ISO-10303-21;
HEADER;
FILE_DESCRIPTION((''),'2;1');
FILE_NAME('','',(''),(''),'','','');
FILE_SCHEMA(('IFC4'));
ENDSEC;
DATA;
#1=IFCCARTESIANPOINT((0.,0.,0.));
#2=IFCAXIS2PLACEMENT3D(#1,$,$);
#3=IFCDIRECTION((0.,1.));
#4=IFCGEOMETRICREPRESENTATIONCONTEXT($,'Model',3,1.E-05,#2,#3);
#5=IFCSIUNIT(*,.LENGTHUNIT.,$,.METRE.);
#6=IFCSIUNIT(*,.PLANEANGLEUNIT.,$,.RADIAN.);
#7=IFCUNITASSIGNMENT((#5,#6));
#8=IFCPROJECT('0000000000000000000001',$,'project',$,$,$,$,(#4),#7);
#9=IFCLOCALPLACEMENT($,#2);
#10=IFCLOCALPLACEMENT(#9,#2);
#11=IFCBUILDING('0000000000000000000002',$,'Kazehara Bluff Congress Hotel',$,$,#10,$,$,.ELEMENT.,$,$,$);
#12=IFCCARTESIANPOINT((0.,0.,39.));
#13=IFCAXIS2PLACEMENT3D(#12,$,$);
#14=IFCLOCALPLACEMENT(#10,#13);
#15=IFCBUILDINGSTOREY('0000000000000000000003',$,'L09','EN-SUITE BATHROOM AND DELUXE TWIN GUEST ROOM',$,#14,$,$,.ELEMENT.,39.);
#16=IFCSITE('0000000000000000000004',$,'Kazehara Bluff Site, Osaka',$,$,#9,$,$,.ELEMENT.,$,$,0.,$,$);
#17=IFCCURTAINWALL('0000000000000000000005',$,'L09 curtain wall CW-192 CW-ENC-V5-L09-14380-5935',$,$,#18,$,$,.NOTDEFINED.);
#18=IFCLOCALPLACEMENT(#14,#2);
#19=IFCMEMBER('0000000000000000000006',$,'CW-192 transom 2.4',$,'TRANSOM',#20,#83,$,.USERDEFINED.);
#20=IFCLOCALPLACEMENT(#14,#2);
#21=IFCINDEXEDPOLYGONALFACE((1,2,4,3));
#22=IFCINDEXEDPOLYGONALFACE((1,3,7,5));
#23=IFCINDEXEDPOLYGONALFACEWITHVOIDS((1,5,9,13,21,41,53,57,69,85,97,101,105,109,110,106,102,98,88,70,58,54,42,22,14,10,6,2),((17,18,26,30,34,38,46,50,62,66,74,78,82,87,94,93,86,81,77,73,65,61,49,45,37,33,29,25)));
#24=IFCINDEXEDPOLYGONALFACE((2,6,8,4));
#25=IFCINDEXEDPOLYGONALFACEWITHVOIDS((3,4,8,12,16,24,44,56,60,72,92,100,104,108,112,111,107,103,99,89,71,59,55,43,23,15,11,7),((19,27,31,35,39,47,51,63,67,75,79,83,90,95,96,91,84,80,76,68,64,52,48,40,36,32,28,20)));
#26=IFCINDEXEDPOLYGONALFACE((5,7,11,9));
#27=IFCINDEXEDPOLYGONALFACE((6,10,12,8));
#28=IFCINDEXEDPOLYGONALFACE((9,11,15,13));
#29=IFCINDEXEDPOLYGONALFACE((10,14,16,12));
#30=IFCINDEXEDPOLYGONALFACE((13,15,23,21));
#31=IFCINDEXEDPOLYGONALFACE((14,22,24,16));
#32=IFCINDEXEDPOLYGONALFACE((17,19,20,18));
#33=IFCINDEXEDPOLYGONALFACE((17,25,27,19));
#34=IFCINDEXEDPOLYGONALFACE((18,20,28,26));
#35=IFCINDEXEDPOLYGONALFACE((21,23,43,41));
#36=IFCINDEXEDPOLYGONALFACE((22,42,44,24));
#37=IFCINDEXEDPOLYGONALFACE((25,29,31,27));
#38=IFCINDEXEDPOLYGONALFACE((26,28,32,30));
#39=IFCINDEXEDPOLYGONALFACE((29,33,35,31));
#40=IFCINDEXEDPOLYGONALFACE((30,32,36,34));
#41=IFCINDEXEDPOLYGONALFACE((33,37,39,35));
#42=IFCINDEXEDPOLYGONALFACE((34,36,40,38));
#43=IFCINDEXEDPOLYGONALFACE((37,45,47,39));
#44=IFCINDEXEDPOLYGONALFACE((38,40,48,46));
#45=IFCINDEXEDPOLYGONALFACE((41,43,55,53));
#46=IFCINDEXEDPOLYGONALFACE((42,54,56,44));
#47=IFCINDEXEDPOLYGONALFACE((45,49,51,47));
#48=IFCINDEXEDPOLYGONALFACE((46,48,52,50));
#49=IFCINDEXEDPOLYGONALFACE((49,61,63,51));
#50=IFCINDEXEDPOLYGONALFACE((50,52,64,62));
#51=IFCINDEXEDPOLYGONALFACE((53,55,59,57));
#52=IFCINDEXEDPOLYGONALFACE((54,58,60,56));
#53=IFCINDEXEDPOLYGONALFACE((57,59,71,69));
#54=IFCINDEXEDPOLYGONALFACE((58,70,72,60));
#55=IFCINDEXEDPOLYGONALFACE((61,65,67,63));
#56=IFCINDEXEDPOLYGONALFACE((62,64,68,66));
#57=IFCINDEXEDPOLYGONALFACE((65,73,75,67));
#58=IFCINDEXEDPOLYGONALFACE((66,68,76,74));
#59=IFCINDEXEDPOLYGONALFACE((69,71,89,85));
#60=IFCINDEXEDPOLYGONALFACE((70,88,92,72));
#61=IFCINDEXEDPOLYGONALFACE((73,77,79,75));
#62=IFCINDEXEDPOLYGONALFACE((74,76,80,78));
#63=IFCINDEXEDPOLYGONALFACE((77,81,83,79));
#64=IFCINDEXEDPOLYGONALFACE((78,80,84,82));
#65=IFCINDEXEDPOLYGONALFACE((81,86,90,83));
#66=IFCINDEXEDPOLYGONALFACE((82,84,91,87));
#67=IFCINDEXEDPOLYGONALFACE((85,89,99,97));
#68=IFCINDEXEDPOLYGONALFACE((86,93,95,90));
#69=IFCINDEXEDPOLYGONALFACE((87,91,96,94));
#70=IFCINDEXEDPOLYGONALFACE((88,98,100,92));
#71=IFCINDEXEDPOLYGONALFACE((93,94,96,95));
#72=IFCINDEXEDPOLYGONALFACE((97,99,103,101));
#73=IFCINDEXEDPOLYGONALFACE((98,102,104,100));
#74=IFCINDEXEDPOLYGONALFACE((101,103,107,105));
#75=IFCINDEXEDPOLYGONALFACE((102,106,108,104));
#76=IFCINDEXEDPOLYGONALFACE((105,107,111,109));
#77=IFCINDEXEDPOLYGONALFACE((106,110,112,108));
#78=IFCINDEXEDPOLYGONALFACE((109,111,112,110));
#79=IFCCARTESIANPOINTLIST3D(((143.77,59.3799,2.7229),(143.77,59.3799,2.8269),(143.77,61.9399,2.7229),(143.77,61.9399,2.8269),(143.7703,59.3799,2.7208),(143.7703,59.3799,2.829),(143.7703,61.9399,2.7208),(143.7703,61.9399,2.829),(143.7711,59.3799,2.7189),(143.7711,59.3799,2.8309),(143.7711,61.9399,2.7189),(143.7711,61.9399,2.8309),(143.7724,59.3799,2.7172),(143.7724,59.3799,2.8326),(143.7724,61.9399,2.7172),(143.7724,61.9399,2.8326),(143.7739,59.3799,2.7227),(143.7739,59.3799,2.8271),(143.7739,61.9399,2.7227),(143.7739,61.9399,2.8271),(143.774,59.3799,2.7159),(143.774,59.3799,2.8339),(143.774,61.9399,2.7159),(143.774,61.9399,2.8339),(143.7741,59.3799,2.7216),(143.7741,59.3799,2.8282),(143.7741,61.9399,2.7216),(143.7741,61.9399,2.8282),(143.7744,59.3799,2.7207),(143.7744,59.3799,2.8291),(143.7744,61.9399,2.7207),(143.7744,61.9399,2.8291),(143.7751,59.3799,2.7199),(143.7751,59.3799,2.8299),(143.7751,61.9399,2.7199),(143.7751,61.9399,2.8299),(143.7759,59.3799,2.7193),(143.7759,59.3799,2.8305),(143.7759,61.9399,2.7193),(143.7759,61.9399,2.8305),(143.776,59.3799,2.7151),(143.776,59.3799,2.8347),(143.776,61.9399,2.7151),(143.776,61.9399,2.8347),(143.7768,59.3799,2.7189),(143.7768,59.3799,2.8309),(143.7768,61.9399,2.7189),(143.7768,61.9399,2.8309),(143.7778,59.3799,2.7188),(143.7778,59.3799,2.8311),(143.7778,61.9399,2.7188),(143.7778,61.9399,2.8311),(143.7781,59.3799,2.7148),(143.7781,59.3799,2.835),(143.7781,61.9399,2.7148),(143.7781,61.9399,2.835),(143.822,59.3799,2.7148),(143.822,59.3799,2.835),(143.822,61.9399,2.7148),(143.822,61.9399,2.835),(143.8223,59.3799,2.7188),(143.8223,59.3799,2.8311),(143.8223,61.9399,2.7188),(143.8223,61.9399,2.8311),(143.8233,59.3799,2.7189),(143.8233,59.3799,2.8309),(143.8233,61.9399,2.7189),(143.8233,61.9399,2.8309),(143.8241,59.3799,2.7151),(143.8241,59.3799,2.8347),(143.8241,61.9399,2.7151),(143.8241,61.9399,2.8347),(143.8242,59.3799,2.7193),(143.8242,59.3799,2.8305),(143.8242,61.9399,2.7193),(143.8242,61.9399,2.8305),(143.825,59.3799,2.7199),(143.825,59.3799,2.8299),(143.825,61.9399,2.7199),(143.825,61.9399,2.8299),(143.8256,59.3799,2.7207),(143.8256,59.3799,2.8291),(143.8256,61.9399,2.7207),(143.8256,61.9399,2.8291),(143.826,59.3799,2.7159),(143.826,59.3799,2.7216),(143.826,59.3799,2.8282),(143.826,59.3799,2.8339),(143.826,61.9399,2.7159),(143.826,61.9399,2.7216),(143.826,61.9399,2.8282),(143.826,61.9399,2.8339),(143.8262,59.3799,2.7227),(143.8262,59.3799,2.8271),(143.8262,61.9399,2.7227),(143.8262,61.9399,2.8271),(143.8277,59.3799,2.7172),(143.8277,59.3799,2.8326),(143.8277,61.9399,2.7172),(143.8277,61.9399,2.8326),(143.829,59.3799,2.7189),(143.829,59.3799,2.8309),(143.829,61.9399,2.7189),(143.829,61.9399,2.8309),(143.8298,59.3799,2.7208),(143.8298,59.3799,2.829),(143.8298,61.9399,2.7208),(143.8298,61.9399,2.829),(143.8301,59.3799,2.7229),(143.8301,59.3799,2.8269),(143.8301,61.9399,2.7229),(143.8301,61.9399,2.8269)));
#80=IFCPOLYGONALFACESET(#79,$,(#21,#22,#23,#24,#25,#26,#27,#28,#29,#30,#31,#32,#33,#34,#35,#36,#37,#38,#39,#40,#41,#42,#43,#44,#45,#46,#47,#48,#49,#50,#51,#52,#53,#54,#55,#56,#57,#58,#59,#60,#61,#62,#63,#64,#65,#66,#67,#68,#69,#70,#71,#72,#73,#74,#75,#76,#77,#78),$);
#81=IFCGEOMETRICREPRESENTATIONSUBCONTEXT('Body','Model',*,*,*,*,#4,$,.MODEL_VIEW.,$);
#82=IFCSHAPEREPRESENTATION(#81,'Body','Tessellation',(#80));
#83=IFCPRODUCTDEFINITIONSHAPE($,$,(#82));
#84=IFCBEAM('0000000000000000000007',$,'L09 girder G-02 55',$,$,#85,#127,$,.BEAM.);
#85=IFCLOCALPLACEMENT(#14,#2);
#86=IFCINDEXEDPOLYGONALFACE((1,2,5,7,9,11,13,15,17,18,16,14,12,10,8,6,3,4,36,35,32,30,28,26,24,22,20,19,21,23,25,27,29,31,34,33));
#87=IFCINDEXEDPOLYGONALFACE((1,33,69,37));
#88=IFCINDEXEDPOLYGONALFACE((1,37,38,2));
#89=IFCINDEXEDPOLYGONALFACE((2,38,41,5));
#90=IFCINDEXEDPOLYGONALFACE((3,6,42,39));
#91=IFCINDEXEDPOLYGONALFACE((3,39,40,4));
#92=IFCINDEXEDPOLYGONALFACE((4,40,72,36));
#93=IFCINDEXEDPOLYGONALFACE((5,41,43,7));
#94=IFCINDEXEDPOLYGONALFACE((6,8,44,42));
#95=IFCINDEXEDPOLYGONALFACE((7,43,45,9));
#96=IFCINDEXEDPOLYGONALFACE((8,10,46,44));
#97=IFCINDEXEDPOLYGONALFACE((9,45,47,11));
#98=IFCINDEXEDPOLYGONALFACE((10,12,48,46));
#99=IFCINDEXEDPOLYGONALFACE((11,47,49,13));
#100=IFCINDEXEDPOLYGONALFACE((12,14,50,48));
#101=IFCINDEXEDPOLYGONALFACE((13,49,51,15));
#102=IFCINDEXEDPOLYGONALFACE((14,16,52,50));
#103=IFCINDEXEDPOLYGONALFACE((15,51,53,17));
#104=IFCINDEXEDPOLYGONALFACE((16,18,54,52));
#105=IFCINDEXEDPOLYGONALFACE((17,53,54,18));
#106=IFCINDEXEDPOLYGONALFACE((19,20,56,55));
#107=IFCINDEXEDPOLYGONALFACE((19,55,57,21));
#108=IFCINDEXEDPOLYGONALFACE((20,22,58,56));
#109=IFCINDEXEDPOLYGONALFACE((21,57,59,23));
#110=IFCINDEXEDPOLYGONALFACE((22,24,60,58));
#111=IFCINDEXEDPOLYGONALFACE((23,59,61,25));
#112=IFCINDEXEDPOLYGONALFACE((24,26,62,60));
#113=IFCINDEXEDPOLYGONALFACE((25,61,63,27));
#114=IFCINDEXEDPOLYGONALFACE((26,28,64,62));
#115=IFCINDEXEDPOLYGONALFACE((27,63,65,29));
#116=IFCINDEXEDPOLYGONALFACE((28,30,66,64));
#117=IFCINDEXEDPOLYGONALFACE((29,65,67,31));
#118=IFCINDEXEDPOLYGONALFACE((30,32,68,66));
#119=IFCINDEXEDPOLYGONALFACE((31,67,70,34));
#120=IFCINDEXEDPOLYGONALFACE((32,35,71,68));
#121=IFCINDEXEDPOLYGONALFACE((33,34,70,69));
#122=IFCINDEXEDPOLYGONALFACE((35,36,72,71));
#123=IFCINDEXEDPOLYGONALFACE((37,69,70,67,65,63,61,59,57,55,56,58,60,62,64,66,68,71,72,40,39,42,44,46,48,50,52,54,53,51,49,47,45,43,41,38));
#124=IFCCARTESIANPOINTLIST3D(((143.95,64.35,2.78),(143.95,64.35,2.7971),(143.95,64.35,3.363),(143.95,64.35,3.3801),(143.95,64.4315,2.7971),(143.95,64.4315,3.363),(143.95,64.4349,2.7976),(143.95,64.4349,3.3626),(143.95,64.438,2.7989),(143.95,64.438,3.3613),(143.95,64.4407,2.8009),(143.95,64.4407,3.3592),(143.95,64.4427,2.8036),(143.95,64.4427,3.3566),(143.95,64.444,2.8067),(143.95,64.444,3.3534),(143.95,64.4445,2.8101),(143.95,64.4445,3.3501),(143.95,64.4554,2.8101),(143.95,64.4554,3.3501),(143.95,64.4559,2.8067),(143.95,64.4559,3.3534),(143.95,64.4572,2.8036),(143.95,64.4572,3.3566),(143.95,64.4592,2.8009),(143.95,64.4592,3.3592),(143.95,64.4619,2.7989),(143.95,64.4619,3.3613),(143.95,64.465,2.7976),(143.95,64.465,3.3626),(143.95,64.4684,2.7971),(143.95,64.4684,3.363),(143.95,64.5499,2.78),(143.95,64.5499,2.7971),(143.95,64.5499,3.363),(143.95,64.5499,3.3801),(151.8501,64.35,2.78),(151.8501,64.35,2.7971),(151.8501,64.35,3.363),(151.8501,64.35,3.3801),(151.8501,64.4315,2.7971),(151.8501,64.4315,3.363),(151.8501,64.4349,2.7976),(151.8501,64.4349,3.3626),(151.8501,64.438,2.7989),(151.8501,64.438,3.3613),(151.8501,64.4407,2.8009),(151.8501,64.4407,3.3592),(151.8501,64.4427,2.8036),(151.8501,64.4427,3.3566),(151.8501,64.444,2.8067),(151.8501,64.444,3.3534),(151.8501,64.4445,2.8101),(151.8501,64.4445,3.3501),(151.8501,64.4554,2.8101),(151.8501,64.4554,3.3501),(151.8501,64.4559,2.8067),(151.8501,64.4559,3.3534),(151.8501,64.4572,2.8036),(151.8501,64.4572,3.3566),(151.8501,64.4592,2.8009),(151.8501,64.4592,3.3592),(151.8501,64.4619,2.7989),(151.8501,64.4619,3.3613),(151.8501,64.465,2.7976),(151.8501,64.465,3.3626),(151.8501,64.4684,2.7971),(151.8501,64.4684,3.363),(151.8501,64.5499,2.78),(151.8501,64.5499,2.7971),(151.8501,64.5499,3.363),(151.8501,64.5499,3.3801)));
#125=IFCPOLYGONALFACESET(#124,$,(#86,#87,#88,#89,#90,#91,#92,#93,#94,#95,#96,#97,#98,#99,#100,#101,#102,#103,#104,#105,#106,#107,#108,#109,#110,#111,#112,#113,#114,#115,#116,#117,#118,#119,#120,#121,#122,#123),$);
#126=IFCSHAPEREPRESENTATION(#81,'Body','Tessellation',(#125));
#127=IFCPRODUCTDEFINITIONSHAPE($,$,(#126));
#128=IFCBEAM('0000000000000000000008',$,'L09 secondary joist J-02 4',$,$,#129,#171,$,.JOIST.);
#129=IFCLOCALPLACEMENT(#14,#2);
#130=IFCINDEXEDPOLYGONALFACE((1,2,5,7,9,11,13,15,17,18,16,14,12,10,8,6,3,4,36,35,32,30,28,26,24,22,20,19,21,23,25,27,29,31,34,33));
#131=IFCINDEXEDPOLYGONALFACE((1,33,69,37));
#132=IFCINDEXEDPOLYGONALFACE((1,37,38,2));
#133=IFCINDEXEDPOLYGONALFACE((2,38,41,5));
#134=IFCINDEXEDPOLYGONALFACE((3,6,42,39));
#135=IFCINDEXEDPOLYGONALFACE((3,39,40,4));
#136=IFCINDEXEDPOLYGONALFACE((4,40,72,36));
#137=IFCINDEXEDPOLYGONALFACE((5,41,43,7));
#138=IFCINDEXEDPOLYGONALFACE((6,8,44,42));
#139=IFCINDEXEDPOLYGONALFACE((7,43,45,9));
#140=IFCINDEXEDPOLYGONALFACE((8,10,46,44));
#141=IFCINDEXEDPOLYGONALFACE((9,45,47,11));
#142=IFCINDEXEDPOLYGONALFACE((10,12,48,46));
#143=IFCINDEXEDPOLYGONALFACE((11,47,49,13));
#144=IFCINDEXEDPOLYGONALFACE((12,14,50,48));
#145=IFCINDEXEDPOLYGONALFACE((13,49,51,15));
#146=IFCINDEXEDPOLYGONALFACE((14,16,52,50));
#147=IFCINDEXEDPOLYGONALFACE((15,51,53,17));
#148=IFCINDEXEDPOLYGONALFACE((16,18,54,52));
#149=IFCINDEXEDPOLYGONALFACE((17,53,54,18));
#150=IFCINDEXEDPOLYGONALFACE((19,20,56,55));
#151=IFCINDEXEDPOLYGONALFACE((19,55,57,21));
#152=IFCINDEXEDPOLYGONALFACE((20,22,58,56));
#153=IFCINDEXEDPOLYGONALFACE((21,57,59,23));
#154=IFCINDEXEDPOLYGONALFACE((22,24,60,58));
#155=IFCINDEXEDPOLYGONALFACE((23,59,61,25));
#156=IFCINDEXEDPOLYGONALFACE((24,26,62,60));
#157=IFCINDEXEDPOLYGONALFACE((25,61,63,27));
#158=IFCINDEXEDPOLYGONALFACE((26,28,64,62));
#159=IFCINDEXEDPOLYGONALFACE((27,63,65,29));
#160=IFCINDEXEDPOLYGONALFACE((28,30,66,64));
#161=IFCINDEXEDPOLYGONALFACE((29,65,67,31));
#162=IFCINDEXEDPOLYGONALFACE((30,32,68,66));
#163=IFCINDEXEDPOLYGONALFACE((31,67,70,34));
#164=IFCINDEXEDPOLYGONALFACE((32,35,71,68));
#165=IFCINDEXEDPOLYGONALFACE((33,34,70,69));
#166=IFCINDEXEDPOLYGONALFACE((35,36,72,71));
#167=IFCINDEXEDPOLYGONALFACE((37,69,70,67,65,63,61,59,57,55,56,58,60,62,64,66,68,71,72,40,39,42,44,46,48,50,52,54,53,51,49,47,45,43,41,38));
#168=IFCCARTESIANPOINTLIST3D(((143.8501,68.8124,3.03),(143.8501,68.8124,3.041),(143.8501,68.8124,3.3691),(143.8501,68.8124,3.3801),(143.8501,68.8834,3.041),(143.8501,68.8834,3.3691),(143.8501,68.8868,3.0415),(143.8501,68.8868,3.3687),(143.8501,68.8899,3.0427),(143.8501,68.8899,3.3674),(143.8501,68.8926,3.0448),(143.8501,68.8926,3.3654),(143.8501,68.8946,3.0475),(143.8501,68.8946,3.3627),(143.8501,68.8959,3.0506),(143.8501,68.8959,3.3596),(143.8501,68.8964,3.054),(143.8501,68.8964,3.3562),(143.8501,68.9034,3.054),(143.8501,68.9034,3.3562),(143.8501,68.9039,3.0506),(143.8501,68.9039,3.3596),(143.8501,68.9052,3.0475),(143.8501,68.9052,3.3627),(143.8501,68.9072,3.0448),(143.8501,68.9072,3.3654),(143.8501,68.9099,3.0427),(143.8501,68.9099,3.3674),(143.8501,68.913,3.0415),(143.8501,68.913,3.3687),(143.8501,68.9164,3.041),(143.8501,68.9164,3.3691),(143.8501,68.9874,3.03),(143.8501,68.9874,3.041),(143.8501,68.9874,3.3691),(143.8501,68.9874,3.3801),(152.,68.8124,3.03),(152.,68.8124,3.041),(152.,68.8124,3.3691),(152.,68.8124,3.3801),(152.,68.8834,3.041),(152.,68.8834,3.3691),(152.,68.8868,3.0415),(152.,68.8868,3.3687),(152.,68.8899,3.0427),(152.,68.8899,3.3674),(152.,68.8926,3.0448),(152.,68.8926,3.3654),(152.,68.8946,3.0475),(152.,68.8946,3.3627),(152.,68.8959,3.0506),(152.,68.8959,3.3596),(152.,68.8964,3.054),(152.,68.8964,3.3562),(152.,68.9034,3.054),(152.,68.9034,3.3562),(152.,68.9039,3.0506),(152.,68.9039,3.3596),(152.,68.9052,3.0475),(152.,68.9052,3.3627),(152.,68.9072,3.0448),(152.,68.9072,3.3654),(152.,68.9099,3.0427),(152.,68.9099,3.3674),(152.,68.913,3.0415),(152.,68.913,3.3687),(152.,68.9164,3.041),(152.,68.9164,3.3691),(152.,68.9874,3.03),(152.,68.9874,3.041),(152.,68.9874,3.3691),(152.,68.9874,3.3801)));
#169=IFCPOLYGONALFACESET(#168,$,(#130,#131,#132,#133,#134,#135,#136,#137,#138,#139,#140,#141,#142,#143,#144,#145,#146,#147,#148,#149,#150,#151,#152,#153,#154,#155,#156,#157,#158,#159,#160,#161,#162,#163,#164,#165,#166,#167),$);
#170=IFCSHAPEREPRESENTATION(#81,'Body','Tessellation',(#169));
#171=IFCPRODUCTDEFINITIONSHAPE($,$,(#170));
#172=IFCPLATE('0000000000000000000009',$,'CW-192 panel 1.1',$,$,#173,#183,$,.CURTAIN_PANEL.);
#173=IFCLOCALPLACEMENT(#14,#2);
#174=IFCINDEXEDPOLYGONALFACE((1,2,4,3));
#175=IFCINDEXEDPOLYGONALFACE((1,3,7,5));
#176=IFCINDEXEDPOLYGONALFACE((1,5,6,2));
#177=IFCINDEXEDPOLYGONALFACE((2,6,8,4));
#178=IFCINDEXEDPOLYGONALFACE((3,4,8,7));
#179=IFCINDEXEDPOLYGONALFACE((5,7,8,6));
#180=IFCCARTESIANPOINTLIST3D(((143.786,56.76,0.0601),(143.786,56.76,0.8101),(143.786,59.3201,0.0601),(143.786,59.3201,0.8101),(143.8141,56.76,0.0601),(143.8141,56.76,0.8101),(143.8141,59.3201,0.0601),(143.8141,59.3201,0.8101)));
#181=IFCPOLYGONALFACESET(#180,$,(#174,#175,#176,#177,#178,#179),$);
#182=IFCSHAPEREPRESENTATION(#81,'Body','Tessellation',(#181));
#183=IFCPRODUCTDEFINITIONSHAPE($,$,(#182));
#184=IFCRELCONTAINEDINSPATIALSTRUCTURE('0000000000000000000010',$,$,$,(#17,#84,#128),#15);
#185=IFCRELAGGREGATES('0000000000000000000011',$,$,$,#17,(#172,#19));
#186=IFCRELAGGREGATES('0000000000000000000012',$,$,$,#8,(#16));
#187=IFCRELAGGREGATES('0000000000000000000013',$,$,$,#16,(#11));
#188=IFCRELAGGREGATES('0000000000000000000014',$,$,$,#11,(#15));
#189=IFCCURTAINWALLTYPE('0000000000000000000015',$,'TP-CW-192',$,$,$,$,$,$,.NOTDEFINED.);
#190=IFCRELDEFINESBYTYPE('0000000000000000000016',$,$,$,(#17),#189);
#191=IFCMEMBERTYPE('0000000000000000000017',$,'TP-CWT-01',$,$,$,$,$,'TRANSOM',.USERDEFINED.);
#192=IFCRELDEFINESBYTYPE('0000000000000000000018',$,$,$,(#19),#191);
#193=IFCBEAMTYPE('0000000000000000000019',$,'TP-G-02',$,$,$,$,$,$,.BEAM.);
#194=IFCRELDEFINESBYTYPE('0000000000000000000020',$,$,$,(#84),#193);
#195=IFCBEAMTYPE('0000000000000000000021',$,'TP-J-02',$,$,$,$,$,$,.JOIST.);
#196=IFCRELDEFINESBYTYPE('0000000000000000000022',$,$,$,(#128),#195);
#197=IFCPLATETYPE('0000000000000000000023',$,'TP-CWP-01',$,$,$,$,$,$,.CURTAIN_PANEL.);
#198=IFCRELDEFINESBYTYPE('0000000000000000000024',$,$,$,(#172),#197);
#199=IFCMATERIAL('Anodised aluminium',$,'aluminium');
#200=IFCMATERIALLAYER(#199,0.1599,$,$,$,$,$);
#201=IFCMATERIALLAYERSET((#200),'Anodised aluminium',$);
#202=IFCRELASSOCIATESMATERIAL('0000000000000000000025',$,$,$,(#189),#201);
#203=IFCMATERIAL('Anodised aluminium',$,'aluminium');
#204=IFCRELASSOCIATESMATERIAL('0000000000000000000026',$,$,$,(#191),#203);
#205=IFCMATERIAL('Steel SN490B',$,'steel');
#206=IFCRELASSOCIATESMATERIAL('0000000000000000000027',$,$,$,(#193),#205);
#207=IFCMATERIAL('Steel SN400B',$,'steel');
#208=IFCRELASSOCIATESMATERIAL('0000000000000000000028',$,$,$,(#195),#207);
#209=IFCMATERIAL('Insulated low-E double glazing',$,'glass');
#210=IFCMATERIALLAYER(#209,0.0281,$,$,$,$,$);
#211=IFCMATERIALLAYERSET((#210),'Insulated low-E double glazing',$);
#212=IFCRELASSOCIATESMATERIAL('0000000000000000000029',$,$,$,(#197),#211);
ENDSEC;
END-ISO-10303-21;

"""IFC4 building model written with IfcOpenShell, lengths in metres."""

from ifc_helpers import new_model, si_unit, direction, frame, origin, origin_2d, place, context, subcontext, project, spatial, rectangle, hollow_rectangle, i_section, extrude, material, layer, layer_set, material_profile, profile_set, type_object, element, aggregate, save


model = new_model("IFC4")

# Units and contexts
model_context = context("Model", 3, precision=1e-05, world=origin(), true_north=direction((0.0, 1.0)))
body_context = subcontext(model_context, "Body", "Model", "MODEL_VIEW")
ifc_project = project(units=[si_unit("LENGTHUNIT", "METRE"), si_unit("PLANEANGLEUNIT", "RADIAN")], contexts=[model_context])

# Site, building, storey
site_placement = place(None, origin())
site = spatial("IfcSite", under=ifc_project, at=site_placement, Name="Kazehara Bluff Site, Osaka", CompositionType="ELEMENT", RefElevation=0.0)
building_placement = place(site_placement, origin())
building = spatial("IfcBuilding", under=site, at=building_placement, Name="Kazehara Bluff Congress Hotel", CompositionType="ELEMENT")
storey_placement = place(building_placement, frame((0.0, 0.0, 39.0)))
storey = spatial("IfcBuildingStorey", under=building, at=storey_placement, Name="L09", Description="EN-SUITE BATHROOM AND DELUXE TWIN GUEST ROOM", CompositionType="ELEMENT", Elevation=39.0)

# Curtain wall, member
ifc_material_1 = material(Name="Anodised aluminium", Category="aluminium")
ifc_layer_1 = layer(ifc_material_1, 0.1599)
ifc_layer_set_1 = layer_set([ifc_layer_1], Name="Anodised aluminium")
curtain_wall_type = type_object("IfcCurtainWallType", Name="TP-CW-192", PredefinedType="NOTDEFINED", material=ifc_layer_set_1)
curtain_wall_placement = place(storey_placement, origin())
curtain_wall = element("IfcCurtainWall", 1, at=curtain_wall_placement, inside=storey, type_object=curtain_wall_type, Name="L09 curtain wall CW-192 CW-ENC-V5-L09-14380-5935", PredefinedType="NOTDEFINED")
ifc_material_2 = material(Name="Anodised aluminium", Category="aluminium")
ifc_material_profile_1 = material_profile(ifc_material_2, hollow_rectangle(XDim=0.0601, YDim=0.1201, WallThickness=0.0039, InnerFilletRadius=0.0039, OuterFilletRadius=0.0081, at=origin_2d()))
ifc_profile_set_1 = profile_set([ifc_material_profile_1], Name="Anodised aluminium")
member_type_1 = type_object("IfcMemberType", Name="TP-CWT-01", ElementType="TRANSOM", PredefinedType="USERDEFINED", material=ifc_profile_set_1)
member_1_placement = place(storey_placement, frame((143.8, 59.3799, 2.7749), z_axis=(0.0, 1.0, 0.0), x_axis=(-1.0, 0.0, 0.0)))
member_1 = element("IfcMember", 2, at=member_1_placement, type_object=member_type_1, Name="CW-192 transom 2.4", ObjectType="TRANSOM", PredefinedType="USERDEFINED", context=body_context, shape_type="SweptSolid", body=[
    extrude(hollow_rectangle(XDim=0.0601, YDim=0.1201, WallThickness=0.0039, InnerFilletRadius=0.0039, OuterFilletRadius=0.0081, at=origin_2d()), origin(), (0.0, 0.0, 1.0), 2.5601),
])

# Beams
ifc_material_3 = material(Name="Steel SN490B", Category="steel")
ifc_material_profile_2 = material_profile(ifc_material_3, i_section(OverallWidth=0.2, OverallDepth=0.6001, WebThickness=0.011, FlangeThickness=0.0171, FilletRadius=0.0129, at=origin_2d()))
ifc_profile_set_2 = profile_set([ifc_material_profile_2], Name="Steel SN490B")
beam_type_1 = type_object("IfcBeamType", Name="TP-G-02", PredefinedType="BEAM", material=ifc_profile_set_2)
beam_1_placement = place(storey_placement, frame((143.95, 64.45, 3.0801), z_axis=(1.0, 0.0, 0.0), x_axis=(0.0, 1.0, 0.0)))
element("IfcBeam", 3, at=beam_1_placement, inside=storey, type_object=beam_type_1, Name="L09 girder G-02 55", PredefinedType="BEAM", context=body_context, shape_type="SweptSolid", body=[
    extrude(i_section(OverallWidth=0.2, OverallDepth=0.6001, WebThickness=0.011, FlangeThickness=0.0171, FilletRadius=0.0129, at=origin_2d()), origin(), (0.0, 0.0, 1.0), 7.9001),
])
ifc_material_4 = material(Name="Steel SN400B", Category="steel")
ifc_material_profile_3 = material_profile(ifc_material_4, i_section(OverallWidth=0.175, OverallDepth=0.3501, WebThickness=0.0071, FlangeThickness=0.011, FilletRadius=0.0129, at=origin_2d()))
ifc_profile_set_3 = profile_set([ifc_material_profile_3], Name="Steel SN400B")
beam_type_2 = type_object("IfcBeamType", Name="TP-J-02", PredefinedType="JOIST", material=ifc_profile_set_3)
beam_2_placement = place(storey_placement, frame((143.8501, 68.8999, 3.2051), z_axis=(1.0, 0.0, 0.0), x_axis=(0.0, 1.0, 0.0)))
element("IfcBeam", 4, at=beam_2_placement, inside=storey, type_object=beam_type_2, Name="L09 secondary joist J-02 4", PredefinedType="JOIST", context=body_context, shape_type="SweptSolid", body=[
    extrude(i_section(OverallWidth=0.175, OverallDepth=0.3501, WebThickness=0.0071, FlangeThickness=0.011, FilletRadius=0.0129, at=origin_2d()), origin(), (0.0, 0.0, 1.0), 8.1499),
])

# Plate
ifc_material_5 = material(Name="Insulated low-E double glazing", Category="glass")
ifc_layer_2 = layer(ifc_material_5, 0.0281)
ifc_layer_set_2 = layer_set([ifc_layer_2], Name="Insulated low-E double glazing")
plate_type = type_object("IfcPlateType", Name="TP-CWP-01", PredefinedType="CURTAIN_PANEL", material=ifc_layer_set_2)
plate_1_placement = place(storey_placement, frame((143.8, 58.04, 0.0601), z_axis=(0.0, 0.0, 1.0), x_axis=(0.0, 1.0, 0.0)))
plate_1 = element("IfcPlate", 5, at=plate_1_placement, type_object=plate_type, Name="CW-192 panel 1.1", PredefinedType="CURTAIN_PANEL", context=body_context, shape_type="SweptSolid", body=[
    extrude(rectangle(XDim=2.5601, YDim=0.0281, at=origin_2d()), origin(), (0.0, 0.0, 1.0), 0.75),
])
aggregate(curtain_wall, [plate_1, member_1])

save(model, "model.ifc")
